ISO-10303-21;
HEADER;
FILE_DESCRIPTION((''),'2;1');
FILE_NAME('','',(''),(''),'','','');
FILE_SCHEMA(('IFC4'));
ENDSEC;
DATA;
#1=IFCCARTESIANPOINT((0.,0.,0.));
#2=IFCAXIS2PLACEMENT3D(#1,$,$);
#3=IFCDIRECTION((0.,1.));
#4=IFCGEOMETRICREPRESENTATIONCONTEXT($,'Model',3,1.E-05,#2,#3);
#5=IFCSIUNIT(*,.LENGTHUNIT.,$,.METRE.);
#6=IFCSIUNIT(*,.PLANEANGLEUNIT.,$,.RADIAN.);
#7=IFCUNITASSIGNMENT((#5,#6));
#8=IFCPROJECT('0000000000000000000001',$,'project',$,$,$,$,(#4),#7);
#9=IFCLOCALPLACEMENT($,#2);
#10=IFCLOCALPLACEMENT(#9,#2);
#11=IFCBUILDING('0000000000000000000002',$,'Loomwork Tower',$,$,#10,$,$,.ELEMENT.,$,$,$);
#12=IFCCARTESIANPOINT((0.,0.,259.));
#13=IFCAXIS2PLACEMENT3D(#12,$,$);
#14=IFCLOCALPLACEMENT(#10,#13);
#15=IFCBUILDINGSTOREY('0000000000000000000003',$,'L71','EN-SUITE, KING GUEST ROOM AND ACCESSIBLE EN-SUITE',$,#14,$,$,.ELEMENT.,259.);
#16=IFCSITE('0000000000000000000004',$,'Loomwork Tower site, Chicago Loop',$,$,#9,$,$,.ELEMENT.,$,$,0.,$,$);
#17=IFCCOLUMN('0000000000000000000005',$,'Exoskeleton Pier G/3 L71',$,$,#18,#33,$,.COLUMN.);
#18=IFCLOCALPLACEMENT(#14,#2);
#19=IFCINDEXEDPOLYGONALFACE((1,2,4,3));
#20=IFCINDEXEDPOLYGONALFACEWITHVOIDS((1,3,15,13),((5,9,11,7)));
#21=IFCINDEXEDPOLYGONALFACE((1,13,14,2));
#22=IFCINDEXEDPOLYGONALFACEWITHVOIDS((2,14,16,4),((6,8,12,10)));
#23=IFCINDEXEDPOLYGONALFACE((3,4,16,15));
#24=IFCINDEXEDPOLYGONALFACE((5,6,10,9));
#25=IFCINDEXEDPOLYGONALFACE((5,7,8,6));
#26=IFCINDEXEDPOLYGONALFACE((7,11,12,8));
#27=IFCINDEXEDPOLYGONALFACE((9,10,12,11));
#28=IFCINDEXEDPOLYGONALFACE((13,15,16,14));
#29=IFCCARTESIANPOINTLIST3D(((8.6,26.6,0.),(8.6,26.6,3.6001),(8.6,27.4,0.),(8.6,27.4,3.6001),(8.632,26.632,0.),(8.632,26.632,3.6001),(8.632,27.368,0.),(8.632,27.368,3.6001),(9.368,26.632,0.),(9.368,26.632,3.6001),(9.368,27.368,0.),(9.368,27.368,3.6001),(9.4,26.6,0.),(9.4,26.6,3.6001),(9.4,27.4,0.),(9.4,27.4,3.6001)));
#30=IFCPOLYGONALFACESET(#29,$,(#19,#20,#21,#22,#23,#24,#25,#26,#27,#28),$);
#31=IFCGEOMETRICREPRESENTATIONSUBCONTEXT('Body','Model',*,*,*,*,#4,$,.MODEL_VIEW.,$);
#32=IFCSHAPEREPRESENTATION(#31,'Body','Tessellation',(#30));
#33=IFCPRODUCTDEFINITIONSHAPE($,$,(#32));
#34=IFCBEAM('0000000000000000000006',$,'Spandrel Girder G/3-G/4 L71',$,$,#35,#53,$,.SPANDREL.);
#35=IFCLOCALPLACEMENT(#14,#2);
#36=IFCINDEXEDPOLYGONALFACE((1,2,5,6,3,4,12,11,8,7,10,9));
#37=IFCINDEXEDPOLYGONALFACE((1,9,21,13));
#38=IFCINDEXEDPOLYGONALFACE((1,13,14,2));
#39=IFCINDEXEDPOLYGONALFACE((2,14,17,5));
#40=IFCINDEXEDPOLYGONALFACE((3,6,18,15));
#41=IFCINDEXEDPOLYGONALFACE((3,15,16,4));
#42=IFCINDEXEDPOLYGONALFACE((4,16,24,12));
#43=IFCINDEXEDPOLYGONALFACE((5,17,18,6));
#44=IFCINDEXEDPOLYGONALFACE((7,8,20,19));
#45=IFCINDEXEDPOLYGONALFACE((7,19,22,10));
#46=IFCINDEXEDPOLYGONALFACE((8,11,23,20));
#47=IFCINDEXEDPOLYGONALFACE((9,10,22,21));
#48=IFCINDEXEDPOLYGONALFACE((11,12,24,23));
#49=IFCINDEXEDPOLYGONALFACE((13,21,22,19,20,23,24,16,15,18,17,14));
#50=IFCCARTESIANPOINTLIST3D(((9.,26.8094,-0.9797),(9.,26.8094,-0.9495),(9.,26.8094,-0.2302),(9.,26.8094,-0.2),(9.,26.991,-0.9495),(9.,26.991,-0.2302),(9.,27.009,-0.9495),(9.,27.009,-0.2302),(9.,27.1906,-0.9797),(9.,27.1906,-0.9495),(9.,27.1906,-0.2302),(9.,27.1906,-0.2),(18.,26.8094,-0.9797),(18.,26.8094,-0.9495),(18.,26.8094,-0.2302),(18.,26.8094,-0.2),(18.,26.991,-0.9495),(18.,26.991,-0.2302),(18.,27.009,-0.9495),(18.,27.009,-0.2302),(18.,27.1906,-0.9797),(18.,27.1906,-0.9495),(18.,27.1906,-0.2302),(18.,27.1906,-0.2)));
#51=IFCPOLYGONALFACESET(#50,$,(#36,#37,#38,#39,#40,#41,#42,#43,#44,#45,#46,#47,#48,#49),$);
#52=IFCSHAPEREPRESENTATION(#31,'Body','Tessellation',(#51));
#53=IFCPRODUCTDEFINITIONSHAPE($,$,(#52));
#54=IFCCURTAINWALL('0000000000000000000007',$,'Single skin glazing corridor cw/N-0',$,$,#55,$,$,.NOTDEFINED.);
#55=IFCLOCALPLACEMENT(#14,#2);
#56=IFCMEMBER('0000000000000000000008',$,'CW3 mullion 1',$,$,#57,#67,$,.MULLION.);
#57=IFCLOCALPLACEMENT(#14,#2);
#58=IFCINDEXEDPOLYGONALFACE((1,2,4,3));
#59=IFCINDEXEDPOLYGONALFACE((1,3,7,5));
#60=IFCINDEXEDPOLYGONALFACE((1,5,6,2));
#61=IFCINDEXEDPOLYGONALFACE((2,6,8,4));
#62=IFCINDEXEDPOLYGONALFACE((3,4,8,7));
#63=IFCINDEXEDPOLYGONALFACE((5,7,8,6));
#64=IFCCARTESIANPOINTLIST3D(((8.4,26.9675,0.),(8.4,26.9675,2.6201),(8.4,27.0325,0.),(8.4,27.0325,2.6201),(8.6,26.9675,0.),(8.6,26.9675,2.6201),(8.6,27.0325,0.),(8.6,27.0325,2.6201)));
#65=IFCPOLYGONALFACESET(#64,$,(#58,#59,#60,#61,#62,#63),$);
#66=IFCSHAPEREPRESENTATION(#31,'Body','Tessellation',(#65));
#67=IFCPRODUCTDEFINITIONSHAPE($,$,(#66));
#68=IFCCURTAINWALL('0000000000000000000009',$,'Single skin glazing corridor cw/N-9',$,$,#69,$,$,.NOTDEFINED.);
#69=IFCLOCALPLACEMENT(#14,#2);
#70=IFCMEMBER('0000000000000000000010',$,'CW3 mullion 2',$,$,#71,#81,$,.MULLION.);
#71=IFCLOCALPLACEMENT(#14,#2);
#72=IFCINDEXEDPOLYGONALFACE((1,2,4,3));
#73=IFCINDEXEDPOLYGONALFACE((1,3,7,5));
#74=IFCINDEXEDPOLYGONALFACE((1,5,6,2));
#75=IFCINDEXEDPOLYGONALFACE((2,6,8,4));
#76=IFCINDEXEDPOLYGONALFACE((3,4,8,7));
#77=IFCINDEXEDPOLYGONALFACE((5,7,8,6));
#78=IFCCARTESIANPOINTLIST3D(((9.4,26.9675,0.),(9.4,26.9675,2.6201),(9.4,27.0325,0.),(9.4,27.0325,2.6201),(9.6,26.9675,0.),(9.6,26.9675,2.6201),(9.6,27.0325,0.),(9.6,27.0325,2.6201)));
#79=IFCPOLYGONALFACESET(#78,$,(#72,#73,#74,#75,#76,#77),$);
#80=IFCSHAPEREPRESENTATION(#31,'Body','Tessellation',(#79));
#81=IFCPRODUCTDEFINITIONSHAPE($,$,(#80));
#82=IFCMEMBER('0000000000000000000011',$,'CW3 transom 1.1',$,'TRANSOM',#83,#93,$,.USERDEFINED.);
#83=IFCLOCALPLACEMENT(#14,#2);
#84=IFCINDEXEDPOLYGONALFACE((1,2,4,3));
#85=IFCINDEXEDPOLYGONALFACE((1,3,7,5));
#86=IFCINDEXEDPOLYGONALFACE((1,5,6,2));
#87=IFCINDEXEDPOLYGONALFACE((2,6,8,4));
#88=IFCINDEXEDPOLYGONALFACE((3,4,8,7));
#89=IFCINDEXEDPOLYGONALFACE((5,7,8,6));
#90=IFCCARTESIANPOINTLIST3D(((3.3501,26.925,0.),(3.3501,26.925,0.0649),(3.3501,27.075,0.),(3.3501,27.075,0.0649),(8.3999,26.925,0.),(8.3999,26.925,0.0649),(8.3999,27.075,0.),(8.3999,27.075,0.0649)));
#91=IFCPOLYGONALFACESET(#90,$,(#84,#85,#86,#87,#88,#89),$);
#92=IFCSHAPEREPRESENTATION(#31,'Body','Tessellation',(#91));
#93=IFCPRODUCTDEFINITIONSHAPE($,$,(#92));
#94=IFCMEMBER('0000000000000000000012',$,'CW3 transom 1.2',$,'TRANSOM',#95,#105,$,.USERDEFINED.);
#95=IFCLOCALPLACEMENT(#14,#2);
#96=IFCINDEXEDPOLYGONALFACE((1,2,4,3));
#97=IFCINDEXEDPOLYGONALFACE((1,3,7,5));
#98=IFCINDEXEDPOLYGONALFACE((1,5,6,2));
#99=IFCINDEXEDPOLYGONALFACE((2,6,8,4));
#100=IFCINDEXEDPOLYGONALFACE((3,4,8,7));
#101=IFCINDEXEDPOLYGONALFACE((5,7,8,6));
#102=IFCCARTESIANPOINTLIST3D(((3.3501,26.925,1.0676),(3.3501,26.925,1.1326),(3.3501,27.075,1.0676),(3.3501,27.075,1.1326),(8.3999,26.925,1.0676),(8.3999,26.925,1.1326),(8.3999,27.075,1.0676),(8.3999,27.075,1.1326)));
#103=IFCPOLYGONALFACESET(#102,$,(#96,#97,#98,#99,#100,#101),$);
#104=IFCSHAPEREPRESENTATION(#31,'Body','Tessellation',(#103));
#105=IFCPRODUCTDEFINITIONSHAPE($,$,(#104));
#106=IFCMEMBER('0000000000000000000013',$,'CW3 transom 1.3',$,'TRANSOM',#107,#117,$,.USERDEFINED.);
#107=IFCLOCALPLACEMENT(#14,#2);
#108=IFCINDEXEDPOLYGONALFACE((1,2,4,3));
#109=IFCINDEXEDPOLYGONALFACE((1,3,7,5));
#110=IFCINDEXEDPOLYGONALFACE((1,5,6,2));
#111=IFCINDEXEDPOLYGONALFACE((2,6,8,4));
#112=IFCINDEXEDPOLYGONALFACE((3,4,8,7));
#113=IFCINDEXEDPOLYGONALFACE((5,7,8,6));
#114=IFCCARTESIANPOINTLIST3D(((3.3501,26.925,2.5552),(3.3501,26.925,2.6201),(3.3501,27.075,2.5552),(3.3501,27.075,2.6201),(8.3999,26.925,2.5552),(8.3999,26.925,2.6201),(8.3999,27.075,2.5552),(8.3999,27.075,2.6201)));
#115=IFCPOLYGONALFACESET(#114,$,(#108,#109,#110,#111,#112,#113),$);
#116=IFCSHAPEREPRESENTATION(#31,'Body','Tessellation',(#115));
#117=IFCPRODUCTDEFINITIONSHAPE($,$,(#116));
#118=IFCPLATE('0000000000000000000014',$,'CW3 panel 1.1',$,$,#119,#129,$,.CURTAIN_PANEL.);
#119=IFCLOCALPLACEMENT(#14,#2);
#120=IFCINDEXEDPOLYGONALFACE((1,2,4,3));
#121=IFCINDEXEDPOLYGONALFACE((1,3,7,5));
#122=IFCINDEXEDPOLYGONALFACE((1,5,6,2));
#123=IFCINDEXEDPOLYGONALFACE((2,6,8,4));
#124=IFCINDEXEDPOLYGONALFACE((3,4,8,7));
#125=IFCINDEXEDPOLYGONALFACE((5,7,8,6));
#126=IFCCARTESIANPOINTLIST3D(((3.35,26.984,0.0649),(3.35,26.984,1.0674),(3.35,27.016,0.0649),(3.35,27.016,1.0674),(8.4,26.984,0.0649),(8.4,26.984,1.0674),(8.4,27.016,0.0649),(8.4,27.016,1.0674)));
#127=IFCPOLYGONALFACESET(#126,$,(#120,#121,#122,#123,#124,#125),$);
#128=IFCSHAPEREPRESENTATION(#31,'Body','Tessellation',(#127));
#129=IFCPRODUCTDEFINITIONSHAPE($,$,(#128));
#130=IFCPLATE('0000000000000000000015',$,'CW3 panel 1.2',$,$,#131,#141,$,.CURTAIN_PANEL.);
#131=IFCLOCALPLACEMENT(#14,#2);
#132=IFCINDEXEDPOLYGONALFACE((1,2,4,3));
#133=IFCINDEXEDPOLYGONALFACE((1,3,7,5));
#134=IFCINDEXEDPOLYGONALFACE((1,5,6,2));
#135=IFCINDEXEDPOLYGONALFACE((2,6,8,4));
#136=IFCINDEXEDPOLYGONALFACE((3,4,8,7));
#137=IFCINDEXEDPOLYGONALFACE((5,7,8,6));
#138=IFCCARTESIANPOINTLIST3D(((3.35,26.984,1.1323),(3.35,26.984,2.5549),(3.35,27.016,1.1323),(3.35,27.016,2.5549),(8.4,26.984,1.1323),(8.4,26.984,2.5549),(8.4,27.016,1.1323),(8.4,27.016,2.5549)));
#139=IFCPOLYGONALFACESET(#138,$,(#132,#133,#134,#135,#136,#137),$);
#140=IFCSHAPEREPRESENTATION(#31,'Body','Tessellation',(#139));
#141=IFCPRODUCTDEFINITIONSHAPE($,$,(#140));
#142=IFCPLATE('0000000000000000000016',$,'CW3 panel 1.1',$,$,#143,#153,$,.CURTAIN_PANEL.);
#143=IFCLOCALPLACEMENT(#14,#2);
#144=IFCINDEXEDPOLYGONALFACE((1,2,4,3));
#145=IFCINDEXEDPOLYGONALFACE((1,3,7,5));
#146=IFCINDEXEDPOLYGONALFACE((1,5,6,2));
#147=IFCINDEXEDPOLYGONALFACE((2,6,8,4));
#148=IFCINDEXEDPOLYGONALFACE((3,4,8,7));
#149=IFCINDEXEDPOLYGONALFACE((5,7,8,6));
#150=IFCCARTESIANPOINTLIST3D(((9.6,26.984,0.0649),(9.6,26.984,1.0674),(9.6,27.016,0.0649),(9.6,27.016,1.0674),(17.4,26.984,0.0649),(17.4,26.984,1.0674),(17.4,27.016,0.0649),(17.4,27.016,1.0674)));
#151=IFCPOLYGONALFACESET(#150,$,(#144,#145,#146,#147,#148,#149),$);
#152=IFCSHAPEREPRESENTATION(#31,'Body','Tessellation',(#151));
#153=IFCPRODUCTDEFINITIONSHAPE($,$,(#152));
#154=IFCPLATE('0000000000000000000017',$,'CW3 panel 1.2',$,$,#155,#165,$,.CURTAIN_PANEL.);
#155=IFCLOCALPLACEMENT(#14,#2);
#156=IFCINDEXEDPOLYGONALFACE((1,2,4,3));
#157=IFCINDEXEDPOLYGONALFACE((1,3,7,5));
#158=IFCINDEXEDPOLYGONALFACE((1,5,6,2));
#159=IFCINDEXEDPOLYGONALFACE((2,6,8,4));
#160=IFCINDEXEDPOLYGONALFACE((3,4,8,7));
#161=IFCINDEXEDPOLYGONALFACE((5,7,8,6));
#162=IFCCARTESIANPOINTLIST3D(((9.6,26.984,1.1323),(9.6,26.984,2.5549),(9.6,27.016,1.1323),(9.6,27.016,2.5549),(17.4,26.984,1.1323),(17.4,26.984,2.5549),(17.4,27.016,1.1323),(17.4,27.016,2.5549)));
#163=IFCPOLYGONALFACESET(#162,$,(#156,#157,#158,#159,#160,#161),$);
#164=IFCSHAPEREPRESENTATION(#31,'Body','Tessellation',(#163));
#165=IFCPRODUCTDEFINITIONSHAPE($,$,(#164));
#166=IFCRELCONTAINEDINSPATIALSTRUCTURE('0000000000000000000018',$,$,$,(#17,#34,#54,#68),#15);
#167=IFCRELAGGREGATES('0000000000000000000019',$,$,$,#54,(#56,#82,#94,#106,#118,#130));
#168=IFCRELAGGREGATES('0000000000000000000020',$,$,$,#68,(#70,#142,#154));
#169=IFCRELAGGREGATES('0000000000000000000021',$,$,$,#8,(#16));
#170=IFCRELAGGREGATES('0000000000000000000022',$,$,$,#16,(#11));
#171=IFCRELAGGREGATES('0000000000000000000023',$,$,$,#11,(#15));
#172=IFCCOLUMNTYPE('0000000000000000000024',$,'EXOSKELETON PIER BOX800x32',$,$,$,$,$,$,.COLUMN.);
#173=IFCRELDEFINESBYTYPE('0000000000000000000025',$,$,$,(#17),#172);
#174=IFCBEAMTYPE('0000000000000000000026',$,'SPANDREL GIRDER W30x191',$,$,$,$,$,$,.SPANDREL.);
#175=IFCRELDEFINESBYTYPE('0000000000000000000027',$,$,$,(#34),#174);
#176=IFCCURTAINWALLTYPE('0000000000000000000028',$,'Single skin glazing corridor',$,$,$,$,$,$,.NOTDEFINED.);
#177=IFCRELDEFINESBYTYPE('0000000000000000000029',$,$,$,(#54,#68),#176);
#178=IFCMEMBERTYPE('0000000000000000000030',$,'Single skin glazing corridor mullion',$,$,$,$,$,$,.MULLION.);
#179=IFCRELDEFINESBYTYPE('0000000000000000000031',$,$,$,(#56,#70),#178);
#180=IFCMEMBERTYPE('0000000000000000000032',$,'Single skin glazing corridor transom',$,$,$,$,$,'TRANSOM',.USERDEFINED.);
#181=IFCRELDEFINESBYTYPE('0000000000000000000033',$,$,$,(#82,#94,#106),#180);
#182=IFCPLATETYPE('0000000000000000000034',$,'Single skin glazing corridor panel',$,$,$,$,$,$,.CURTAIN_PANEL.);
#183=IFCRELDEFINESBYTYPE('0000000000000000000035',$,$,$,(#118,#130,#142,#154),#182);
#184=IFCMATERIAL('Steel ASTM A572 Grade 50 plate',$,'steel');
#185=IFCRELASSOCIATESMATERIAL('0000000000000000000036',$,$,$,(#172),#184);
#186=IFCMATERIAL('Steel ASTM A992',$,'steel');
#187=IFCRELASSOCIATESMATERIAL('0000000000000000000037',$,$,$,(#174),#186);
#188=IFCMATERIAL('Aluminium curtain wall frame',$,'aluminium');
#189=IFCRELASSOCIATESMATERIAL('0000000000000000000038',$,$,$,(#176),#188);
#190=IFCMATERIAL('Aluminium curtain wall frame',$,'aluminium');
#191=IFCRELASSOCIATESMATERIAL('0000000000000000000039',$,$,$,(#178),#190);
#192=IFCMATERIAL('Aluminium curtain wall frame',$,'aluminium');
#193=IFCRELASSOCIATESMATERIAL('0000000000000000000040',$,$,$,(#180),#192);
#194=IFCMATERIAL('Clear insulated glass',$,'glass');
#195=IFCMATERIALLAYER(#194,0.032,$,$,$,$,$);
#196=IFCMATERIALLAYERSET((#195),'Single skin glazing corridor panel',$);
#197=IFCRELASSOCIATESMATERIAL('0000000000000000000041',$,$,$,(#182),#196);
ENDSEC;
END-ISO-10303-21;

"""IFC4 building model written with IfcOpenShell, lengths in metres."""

from ifc_helpers import new_model, si_unit, direction, frame, origin, origin_2d, place, context, subcontext, project, spatial, rectangle, hollow_rectangle, i_section, extrude, material, layer, layer_set, material_profile, profile_set, type_object, element, aggregate, save


model = new_model("IFC4")

# Units and contexts
model_context = context("Model", 3, precision=1e-05, world=origin(), true_north=direction((0.0, 1.0)))
body_context = subcontext(model_context, "Body", "Model", "MODEL_VIEW")
ifc_project = project(units=[si_unit("LENGTHUNIT", "METRE"), si_unit("PLANEANGLEUNIT", "RADIAN")], contexts=[model_context])

# Site, building, storey
site_placement = place(None, origin())
site = spatial("IfcSite", under=ifc_project, at=site_placement, Name="Loomwork Tower site, Chicago Loop", CompositionType="ELEMENT", RefElevation=0.0)
building_placement = place(site_placement, origin())
building = spatial("IfcBuilding", under=site, at=building_placement, Name="Loomwork Tower", CompositionType="ELEMENT")
storey_placement = place(building_placement, frame((0.0, 0.0, 259.0)))
storey = spatial("IfcBuildingStorey", under=building, at=storey_placement, Name="L71", Description="EN-SUITE, KING GUEST ROOM AND ACCESSIBLE EN-SUITE", CompositionType="ELEMENT", Elevation=259.0)

# Column
ifc_material_1 = material(Name="Steel ASTM A572 Grade 50 plate", Category="steel")
ifc_material_profile_1 = material_profile(ifc_material_1, hollow_rectangle(XDim=0.8, YDim=0.8, WallThickness=0.032, at=origin_2d()), Name="BOX800x32")
ifc_profile_set_1 = profile_set([ifc_material_profile_1], Name="Steel ASTM A572 Grade 50 plate")
column_type = type_object("IfcColumnType", Name="EXOSKELETON PIER BOX800x32", PredefinedType="COLUMN", material=ifc_profile_set_1)
column_placement = place(storey_placement, frame((9.0, 27.0, 0.0), z_axis=(0.0, 0.0, 1.0), x_axis=(1.0, 0.0, 0.0)))
element("IfcColumn", 1, at=column_placement, inside=storey, type_object=column_type, Name="Exoskeleton Pier G/3 L71", PredefinedType="COLUMN", context=body_context, shape_type="SweptSolid", body=[
    extrude(hollow_rectangle(XDim=0.8, YDim=0.8, WallThickness=0.032, at=origin_2d()), origin(), (0.0, 0.0, 1.0), 3.6001),
])

# Beam
ifc_material_2 = material(Name="Steel ASTM A992", Category="steel")
ifc_material_profile_2 = material_profile(ifc_material_2, i_section(OverallWidth=0.3811, OverallDepth=0.7798, WebThickness=0.0181, FlangeThickness=0.0303, at=origin_2d()), Name="W30x191")
ifc_profile_set_2 = profile_set([ifc_material_profile_2], Name="Steel ASTM A992")
beam_type = type_object("IfcBeamType", Name="SPANDREL GIRDER W30x191", PredefinedType="SPANDREL", material=ifc_profile_set_2)
beam_placement = place(storey_placement, frame((9.0, 27.0, -0.5898), z_axis=(1.0, 0.0, 0.0), x_axis=(0.0, 1.0, 0.0)))
element("IfcBeam", 2, at=beam_placement, inside=storey, type_object=beam_type, Name="Spandrel Girder G/3-G/4 L71", PredefinedType="SPANDREL", context=body_context, shape_type="SweptSolid", body=[
    extrude(i_section(OverallWidth=0.3811, OverallDepth=0.7798, WebThickness=0.0181, FlangeThickness=0.0303, at=origin_2d()), origin(), (0.0, 0.0, 1.0), 9.0),
])

# Curtain walls, members
ifc_material_3 = material(Name="Aluminium curtain wall frame", Category="aluminium")
curtain_wall_type = type_object("IfcCurtainWallType", Name="Single skin glazing corridor", PredefinedType="NOTDEFINED", material=ifc_material_3)
curtain_wall_1_placement = place(storey_placement, origin())
curtain_wall_1 = element("IfcCurtainWall", 3, at=curtain_wall_1_placement, inside=storey, type_object=curtain_wall_type, Name="Single skin glazing corridor cw/N-0", PredefinedType="NOTDEFINED")
ifc_material_4 = material(Name="Aluminium curtain wall frame", Category="aluminium")
ifc_material_profile_3 = material_profile(ifc_material_4, rectangle(XDim=0.0649, YDim=0.2, at=origin_2d()), Name="AL 65x200")
ifc_profile_set_3 = profile_set([ifc_material_profile_3], Name="Aluminium curtain wall frame")
member_type_1 = type_object("IfcMemberType", Name="Single skin glazing corridor mullion", PredefinedType="MULLION", material=ifc_profile_set_3)
member_1_placement = place(storey_placement, frame((8.5, 27.0, 0.0), z_axis=(0.0, 0.0, 1.0), x_axis=(0.0, -1.0, 0.0)))
member_1 = element("IfcMember", 4, at=member_1_placement, type_object=member_type_1, Name="CW3 mullion 1", PredefinedType="MULLION", context=body_context, shape_type="SweptSolid", body=[
    extrude(rectangle(XDim=0.0649, YDim=0.2, at=origin_2d()), origin(), (0.0, 0.0, 1.0), 2.6201),
])
curtain_wall_2_placement = place(storey_placement, origin())
curtain_wall_2 = element("IfcCurtainWall", 5, at=curtain_wall_2_placement, inside=storey, type_object=curtain_wall_type, Name="Single skin glazing corridor cw/N-9", PredefinedType="NOTDEFINED")
member_2_placement = place(storey_placement, frame((9.5, 27.0, 0.0), z_axis=(0.0, 0.0, 1.0), x_axis=(0.0, -1.0, 0.0)))
member_2 = element("IfcMember", 6, at=member_2_placement, type_object=member_type_1, Name="CW3 mullion 2", PredefinedType="MULLION", context=body_context, shape_type="SweptSolid", body=[
    extrude(rectangle(XDim=0.0649, YDim=0.2, at=origin_2d()), origin(), (0.0, 0.0, 1.0), 2.6201),
])

# Members
ifc_material_5 = material(Name="Aluminium curtain wall frame", Category="aluminium")
ifc_material_profile_4 = material_profile(ifc_material_5, rectangle(XDim=0.1499, YDim=0.0649, at=origin_2d()), Name="AL 65x150")
ifc_profile_set_4 = profile_set([ifc_material_profile_4], Name="Aluminium curtain wall frame")
member_type_2 = type_object("IfcMemberType", Name="Single skin glazing corridor transom", ElementType="TRANSOM", PredefinedType="USERDEFINED", material=ifc_profile_set_4)
member_3_placement = place(storey_placement, frame((8.3999, 27.0, 0.0325), z_axis=(-1.0, 0.0, 0.0), x_axis=(0.0, -1.0, 0.0)))
member_3 = element("IfcMember", 7, at=member_3_placement, type_object=member_type_2, Name="CW3 transom 1.1", ObjectType="TRANSOM", PredefinedType="USERDEFINED", context=body_context, shape_type="SweptSolid", body=[
    extrude(rectangle(XDim=0.1499, YDim=0.0649, at=origin_2d()), origin(), (0.0, 0.0, 1.0), 5.0498),
])
member_4_placement = place(storey_placement, frame((8.3999, 27.0, 1.1001), z_axis=(-1.0, 0.0, 0.0), x_axis=(0.0, -1.0, 0.0)))
member_4 = element("IfcMember", 8, at=member_4_placement, type_object=member_type_2, Name="CW3 transom 1.2", ObjectType="TRANSOM", PredefinedType="USERDEFINED", context=body_context, shape_type="SweptSolid", body=[
    extrude(rectangle(XDim=0.1499, YDim=0.0649, at=origin_2d()), origin(), (0.0, 0.0, 1.0), 5.0498),
])
member_5_placement = place(storey_placement, frame((8.3999, 27.0, 2.5876), z_axis=(-1.0, 0.0, 0.0), x_axis=(0.0, -1.0, 0.0)))
member_5 = element("IfcMember", 9, at=member_5_placement, type_object=member_type_2, Name="CW3 transom 1.3", ObjectType="TRANSOM", PredefinedType="USERDEFINED", context=body_context, shape_type="SweptSolid", body=[
    extrude(rectangle(XDim=0.1499, YDim=0.0649, at=origin_2d()), origin(), (0.0, 0.0, 1.0), 5.0498),
])

# Plates
ifc_material_6 = material(Name="Clear insulated glass", Category="glass")
ifc_layer_1 = layer(ifc_material_6, 0.032)
ifc_layer_set_1 = layer_set([ifc_layer_1], Name="Single skin glazing corridor panel")
plate_type = type_object("IfcPlateType", Name="Single skin glazing corridor panel", PredefinedType="CURTAIN_PANEL", material=ifc_layer_set_1)
plate_1_placement = place(storey_placement, frame((5.875, 27.0, 0.0649), z_axis=(0.0, 0.0, 1.0), x_axis=(-1.0, 0.0, 0.0)))
plate_1 = element("IfcPlate", 10, at=plate_1_placement, type_object=plate_type, Name="CW3 panel 1.1", PredefinedType="CURTAIN_PANEL", context=body_context, shape_type="SweptSolid", body=[
    extrude(rectangle(XDim=5.05, YDim=0.032, at=origin_2d()), origin(), (0.0, 0.0, 1.0), 1.0024),
])
plate_2_placement = place(storey_placement, frame((5.875, 27.0, 1.1323), z_axis=(0.0, 0.0, 1.0), x_axis=(-1.0, 0.0, 0.0)))
plate_2 = element("IfcPlate", 11, at=plate_2_placement, type_object=plate_type, Name="CW3 panel 1.2", PredefinedType="CURTAIN_PANEL", context=body_context, shape_type="SweptSolid", body=[
    extrude(rectangle(XDim=5.05, YDim=0.032, at=origin_2d()), origin(), (0.0, 0.0, 1.0), 1.4226),
])
aggregate(curtain_wall_1, [member_1, member_3, member_4, member_5, plate_1, plate_2])
plate_3_placement = place(storey_placement, frame((13.5, 27.0, 0.0649), z_axis=(0.0, 0.0, 1.0), x_axis=(-1.0, 0.0, 0.0)))
plate_3 = element("IfcPlate", 12, at=plate_3_placement, type_object=plate_type, Name="CW3 panel 1.1", PredefinedType="CURTAIN_PANEL", context=body_context, shape_type="SweptSolid", body=[
    extrude(rectangle(XDim=7.8, YDim=0.032, at=origin_2d()), origin(), (0.0, 0.0, 1.0), 1.0024),
])
plate_4_placement = place(storey_placement, frame((13.5, 27.0, 1.1323), z_axis=(0.0, 0.0, 1.0), x_axis=(-1.0, 0.0, 0.0)))
plate_4 = element("IfcPlate", 13, at=plate_4_placement, type_object=plate_type, Name="CW3 panel 1.2", PredefinedType="CURTAIN_PANEL", context=body_context, shape_type="SweptSolid", body=[
    extrude(rectangle(XDim=7.8, YDim=0.032, at=origin_2d()), origin(), (0.0, 0.0, 1.0), 1.4226),
])
aggregate(curtain_wall_2, [member_2, plate_3, plate_4])

save(model, "model.ifc")
